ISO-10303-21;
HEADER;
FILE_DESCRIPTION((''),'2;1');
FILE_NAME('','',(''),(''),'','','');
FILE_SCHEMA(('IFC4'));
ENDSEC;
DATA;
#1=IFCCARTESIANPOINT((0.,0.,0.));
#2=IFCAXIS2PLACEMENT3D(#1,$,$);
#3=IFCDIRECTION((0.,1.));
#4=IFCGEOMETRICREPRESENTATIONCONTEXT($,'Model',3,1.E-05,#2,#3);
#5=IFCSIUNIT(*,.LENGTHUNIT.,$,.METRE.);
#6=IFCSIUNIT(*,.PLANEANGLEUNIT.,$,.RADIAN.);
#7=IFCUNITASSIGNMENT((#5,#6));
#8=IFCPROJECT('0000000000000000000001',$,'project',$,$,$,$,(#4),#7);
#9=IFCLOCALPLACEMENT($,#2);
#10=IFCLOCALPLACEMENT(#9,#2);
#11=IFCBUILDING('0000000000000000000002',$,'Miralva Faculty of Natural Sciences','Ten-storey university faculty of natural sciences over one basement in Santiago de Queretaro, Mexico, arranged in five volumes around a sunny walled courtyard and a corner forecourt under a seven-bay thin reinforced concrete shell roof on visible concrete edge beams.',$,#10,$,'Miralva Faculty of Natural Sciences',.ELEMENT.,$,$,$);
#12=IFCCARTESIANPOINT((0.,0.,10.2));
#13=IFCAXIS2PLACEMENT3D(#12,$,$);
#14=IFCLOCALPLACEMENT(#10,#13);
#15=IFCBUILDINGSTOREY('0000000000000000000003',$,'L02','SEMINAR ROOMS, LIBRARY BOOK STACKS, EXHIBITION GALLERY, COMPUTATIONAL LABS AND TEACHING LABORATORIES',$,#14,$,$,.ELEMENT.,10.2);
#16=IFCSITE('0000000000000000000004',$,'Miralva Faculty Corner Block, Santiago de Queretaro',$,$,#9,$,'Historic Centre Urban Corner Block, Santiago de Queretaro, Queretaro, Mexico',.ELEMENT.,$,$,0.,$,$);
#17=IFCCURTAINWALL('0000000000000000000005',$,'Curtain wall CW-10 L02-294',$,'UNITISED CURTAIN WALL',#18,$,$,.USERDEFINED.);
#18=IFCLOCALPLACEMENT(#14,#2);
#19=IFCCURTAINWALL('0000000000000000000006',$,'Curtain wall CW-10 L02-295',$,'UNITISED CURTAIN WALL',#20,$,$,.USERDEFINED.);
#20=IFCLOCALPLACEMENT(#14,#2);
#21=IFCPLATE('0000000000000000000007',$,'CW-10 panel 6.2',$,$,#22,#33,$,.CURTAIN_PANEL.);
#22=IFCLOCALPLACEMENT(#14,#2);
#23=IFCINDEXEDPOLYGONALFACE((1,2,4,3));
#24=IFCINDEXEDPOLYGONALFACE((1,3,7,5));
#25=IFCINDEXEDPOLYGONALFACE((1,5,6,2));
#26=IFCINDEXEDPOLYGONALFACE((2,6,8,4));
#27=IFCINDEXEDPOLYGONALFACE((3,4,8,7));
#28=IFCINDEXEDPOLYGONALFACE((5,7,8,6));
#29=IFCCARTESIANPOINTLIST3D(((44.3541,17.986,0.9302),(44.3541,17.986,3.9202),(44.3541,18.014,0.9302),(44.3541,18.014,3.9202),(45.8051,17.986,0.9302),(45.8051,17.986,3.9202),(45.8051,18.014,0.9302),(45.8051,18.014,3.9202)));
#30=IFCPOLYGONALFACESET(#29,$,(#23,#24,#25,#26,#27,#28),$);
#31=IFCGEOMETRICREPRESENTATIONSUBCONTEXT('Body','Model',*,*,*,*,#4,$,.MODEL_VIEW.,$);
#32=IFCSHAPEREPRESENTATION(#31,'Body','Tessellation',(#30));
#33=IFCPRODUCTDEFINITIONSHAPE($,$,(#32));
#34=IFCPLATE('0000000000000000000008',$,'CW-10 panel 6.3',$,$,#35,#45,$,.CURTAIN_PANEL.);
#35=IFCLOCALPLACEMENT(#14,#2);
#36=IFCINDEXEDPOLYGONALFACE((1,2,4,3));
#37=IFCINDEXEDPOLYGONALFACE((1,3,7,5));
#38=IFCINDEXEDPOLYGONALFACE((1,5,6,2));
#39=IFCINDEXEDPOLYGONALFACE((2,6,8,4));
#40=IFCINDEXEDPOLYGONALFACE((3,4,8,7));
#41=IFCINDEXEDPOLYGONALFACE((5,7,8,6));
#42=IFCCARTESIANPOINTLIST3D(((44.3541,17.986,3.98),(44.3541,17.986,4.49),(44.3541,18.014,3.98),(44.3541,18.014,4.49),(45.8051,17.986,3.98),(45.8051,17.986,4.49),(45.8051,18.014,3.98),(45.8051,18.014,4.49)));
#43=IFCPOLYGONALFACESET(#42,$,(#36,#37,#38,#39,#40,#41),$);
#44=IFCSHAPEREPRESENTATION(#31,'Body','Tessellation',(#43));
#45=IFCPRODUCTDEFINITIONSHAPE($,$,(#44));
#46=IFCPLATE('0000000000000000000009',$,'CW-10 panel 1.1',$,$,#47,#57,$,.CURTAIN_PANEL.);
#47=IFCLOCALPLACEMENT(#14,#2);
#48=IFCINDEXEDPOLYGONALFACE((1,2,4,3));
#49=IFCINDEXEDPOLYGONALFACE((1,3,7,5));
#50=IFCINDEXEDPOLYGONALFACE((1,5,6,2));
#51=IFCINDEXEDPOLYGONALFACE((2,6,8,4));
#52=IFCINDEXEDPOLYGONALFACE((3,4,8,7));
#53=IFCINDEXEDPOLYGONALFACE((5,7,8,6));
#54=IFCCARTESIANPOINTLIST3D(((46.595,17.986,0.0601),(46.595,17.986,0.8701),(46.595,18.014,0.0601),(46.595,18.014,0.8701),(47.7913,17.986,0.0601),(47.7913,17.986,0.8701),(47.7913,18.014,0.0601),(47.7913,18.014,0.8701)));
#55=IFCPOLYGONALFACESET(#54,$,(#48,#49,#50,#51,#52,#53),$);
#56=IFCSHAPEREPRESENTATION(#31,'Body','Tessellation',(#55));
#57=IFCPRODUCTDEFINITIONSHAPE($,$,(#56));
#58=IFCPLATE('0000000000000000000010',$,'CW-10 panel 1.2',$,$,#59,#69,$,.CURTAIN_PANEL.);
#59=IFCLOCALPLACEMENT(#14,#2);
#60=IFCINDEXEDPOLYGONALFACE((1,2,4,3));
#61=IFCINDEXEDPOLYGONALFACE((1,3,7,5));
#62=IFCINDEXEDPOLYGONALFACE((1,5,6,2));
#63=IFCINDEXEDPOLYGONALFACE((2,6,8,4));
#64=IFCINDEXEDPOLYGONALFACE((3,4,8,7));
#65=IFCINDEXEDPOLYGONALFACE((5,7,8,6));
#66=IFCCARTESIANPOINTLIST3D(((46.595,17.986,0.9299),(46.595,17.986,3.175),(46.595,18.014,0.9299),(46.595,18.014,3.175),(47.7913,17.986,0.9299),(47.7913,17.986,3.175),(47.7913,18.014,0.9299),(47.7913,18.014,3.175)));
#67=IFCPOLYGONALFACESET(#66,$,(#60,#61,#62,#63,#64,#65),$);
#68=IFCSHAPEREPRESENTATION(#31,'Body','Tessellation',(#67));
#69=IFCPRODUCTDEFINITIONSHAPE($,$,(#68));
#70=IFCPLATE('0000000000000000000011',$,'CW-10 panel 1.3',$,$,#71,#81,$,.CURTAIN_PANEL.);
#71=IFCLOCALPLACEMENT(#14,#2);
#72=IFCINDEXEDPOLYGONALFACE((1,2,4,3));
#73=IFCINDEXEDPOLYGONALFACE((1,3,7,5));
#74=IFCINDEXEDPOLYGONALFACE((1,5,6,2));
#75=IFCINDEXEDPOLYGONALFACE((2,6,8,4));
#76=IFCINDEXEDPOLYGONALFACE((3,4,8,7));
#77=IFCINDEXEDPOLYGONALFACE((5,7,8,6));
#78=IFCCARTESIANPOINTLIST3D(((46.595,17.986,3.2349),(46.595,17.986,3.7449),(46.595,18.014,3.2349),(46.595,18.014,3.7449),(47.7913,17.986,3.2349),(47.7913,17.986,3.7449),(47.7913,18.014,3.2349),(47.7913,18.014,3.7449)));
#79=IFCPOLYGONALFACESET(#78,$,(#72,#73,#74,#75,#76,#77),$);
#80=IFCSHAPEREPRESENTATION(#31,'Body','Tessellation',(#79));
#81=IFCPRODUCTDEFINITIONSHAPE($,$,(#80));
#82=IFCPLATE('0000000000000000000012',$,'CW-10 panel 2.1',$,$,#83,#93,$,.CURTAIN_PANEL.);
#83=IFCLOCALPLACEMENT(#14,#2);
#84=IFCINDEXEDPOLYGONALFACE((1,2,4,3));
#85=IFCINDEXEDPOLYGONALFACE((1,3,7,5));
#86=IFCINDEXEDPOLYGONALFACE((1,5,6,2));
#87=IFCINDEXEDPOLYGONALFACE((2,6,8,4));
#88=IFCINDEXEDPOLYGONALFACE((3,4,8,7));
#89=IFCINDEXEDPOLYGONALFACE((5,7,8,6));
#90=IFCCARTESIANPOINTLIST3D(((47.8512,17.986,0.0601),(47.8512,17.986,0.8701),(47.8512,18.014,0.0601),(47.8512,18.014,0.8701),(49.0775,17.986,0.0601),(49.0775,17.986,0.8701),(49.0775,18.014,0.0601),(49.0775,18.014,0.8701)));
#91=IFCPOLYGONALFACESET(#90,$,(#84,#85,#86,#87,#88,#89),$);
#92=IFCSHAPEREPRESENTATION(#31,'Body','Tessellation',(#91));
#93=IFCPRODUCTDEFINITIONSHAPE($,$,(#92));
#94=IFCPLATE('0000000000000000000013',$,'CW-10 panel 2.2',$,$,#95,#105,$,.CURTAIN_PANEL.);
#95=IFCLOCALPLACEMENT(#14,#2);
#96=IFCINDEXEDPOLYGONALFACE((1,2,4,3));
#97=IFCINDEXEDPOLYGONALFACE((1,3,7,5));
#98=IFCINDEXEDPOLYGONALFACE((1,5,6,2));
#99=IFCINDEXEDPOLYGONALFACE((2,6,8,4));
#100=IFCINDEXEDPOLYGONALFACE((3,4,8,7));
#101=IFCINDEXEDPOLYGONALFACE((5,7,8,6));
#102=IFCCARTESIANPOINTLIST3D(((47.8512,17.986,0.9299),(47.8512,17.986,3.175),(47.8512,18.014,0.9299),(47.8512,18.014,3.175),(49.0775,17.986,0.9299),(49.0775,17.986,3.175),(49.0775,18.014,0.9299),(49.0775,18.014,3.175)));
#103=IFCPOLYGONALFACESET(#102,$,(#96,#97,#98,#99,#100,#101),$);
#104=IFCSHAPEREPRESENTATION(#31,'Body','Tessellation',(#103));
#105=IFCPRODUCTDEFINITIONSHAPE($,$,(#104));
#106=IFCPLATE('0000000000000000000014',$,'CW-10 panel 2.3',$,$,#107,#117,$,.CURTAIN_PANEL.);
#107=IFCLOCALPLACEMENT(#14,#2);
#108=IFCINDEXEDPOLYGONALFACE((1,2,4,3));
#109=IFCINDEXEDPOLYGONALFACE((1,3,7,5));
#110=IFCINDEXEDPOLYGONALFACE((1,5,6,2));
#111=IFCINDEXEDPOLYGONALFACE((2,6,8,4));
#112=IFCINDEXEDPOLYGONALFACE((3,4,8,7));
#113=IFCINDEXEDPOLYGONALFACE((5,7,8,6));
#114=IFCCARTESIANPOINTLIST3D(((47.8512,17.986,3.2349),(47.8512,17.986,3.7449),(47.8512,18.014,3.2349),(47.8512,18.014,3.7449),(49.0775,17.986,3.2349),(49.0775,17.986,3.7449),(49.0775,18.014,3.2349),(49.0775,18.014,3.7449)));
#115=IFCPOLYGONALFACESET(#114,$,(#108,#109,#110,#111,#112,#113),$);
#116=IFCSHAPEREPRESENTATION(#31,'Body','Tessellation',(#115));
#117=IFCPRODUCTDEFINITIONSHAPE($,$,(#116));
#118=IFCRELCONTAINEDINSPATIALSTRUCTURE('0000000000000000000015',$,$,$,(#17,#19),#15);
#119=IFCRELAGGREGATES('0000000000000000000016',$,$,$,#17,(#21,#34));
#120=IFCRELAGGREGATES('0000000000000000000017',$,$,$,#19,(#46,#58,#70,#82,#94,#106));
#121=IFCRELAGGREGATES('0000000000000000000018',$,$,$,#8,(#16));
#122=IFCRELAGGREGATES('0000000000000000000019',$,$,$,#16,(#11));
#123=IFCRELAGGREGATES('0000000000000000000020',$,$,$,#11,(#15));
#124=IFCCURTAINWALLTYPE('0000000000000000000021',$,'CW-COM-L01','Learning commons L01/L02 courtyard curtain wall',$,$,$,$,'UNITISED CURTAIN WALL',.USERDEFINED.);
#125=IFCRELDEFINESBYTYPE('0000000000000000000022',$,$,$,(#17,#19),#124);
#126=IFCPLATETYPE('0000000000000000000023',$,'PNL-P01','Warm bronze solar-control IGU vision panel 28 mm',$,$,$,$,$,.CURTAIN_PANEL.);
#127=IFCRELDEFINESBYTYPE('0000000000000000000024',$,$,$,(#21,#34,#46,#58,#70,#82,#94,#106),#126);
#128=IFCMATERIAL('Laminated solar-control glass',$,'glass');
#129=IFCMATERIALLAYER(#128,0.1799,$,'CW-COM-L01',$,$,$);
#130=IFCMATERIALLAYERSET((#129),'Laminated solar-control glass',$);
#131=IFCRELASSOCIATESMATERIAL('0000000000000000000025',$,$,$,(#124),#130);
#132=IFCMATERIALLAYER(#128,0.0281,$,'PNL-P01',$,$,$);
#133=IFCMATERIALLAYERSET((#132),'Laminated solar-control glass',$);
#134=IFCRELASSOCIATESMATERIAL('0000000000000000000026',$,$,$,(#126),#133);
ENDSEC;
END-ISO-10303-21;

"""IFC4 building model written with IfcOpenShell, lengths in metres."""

from ifc_helpers import new_model, si_unit, direction, frame, origin, origin_2d, place, context, subcontext, project, spatial, rectangle, extrude, material, layer, layer_set, type_object, element, aggregate, save


model = new_model("IFC4")

# Units and contexts
model_context = context("Model", 3, precision=1e-05, world=origin(), true_north=direction((0.0, 1.0)))
body_context = subcontext(model_context, "Body", "Model", "MODEL_VIEW")
ifc_project = project(units=[si_unit("LENGTHUNIT", "METRE"), si_unit("PLANEANGLEUNIT", "RADIAN")], contexts=[model_context])

# Site, building, storey
site_placement = place(None, origin())
site = spatial("IfcSite", under=ifc_project, at=site_placement, Name="Miralva Faculty Corner Block, Santiago de Queretaro", LongName="Historic Centre Urban Corner Block, Santiago de Queretaro, Queretaro, Mexico", CompositionType="ELEMENT", RefElevation=0.0)
building_placement = place(site_placement, origin())
building = spatial("IfcBuilding", under=site, at=building_placement, Name="Miralva Faculty of Natural Sciences", Description="Ten-storey university faculty of natural sciences over one basement in Santiago de Queretaro, Mexico, arranged in five volumes around a sunny walled courtyard and a corner forecourt under a seven-bay thin reinforced concrete shell roof on visible concrete edge beams.", LongName="Miralva Faculty of Natural Sciences", CompositionType="ELEMENT")
storey_placement = place(building_placement, frame((0.0, 0.0, 10.2)))
storey = spatial("IfcBuildingStorey", under=building, at=storey_placement, Name="L02", Description="SEMINAR ROOMS, LIBRARY BOOK STACKS, EXHIBITION GALLERY, COMPUTATIONAL LABS AND TEACHING LABORATORIES", CompositionType="ELEMENT", Elevation=10.2)

# Shared definitions
ifc_material_1 = material(Name="Laminated solar-control glass", Category="glass")

# Curtain walls
ifc_layer_1 = layer(ifc_material_1, 0.1799, Name="CW-COM-L01")
ifc_layer_set_1 = layer_set([ifc_layer_1], Name="Laminated solar-control glass")
curtain_wall_type_1 = type_object("IfcCurtainWallType", Name="CW-COM-L01", Description="Learning commons L01/L02 courtyard curtain wall", ElementType="UNITISED CURTAIN WALL", PredefinedType="USERDEFINED", material=ifc_layer_set_1)
curtain_wall_1_placement = place(storey_placement, origin())
curtain_wall_1 = element("IfcCurtainWall", 1, at=curtain_wall_1_placement, inside=storey, type_object=curtain_wall_type_1, Name="Curtain wall CW-10 L02-294", ObjectType="UNITISED CURTAIN WALL", PredefinedType="USERDEFINED")
curtain_wall_2_placement = place(storey_placement, origin())
curtain_wall_2 = element("IfcCurtainWall", 2, at=curtain_wall_2_placement, inside=storey, type_object=curtain_wall_type_1, Name="Curtain wall CW-10 L02-295", ObjectType="UNITISED CURTAIN WALL", PredefinedType="USERDEFINED")

# Plates
ifc_layer_2 = layer(ifc_material_1, 0.0281, Name="PNL-P01")
ifc_layer_set_2 = layer_set([ifc_layer_2], Name="Laminated solar-control glass")
plate_type = type_object("IfcPlateType", Name="PNL-P01", Description="Warm bronze solar-control IGU vision panel 28 mm", PredefinedType="CURTAIN_PANEL", material=ifc_layer_set_2)
plate_1_placement = place(storey_placement, frame((45.0796, 18.0, 0.9302), z_axis=(0.0, 0.0, 1.0), x_axis=(1.0, 0.0, 0.0)))
plate_1 = element("IfcPlate", 3, at=plate_1_placement, type_object=plate_type, Name="CW-10 panel 6.2", PredefinedType="CURTAIN_PANEL", context=body_context, shape_type="SweptSolid", body=[
    extrude(rectangle(XDim=1.4509, YDim=0.0281, at=origin_2d()), origin(), (0.0, 0.0, 1.0), 2.99),
])
plate_2_placement = place(storey_placement, frame((45.0796, 18.0, 3.98), z_axis=(0.0, 0.0, 1.0), x_axis=(1.0, 0.0, 0.0)))
plate_2 = element("IfcPlate", 4, at=plate_2_placement, type_object=plate_type, Name="CW-10 panel 6.3", PredefinedType="CURTAIN_PANEL", context=body_context, shape_type="SweptSolid", body=[
    extrude(rectangle(XDim=1.4509, YDim=0.0281, at=origin_2d()), origin(), (0.0, 0.0, 1.0), 0.51),
])
aggregate(curtain_wall_1, [plate_1, plate_2])
plate_3_placement = place(storey_placement, frame((47.1931, 18.0, 0.0601), z_axis=(0.0, 0.0, 1.0), x_axis=(1.0, 0.0, 0.0)))
plate_3 = element("IfcPlate", 5, at=plate_3_placement, type_object=plate_type, Name="CW-10 panel 1.1", PredefinedType="CURTAIN_PANEL", context=body_context, shape_type="SweptSolid", body=[
    extrude(rectangle(XDim=1.1963, YDim=0.0281, at=origin_2d()), origin(), (0.0, 0.0, 1.0), 0.8101),
])
plate_4_placement = place(storey_placement, frame((47.1931, 18.0, 0.9299), z_axis=(0.0, 0.0, 1.0), x_axis=(1.0, 0.0, 0.0)))
plate_4 = element("IfcPlate", 6, at=plate_4_placement, type_object=plate_type, Name="CW-10 panel 1.2", PredefinedType="CURTAIN_PANEL", context=body_context, shape_type="SweptSolid", body=[
    extrude(rectangle(XDim=1.1963, YDim=0.0281, at=origin_2d()), origin(), (0.0, 0.0, 1.0), 2.2451),
])
plate_5_placement = place(storey_placement, frame((47.1931, 18.0, 3.2349), z_axis=(0.0, 0.0, 1.0), x_axis=(1.0, 0.0, 0.0)))
plate_5 = element("IfcPlate", 7, at=plate_5_placement, type_object=plate_type, Name="CW-10 panel 1.3", PredefinedType="CURTAIN_PANEL", context=body_context, shape_type="SweptSolid", body=[
    extrude(rectangle(XDim=1.1963, YDim=0.0281, at=origin_2d()), origin(), (0.0, 0.0, 1.0), 0.51),
])
plate_6_placement = place(storey_placement, frame((48.4644, 18.0, 0.0601), z_axis=(0.0, 0.0, 1.0), x_axis=(1.0, 0.0, 0.0)))
plate_6 = element("IfcPlate", 8, at=plate_6_placement, type_object=plate_type, Name="CW-10 panel 2.1", PredefinedType="CURTAIN_PANEL", context=body_context, shape_type="SweptSolid", body=[
    extrude(rectangle(XDim=1.2263, YDim=0.0281, at=origin_2d()), origin(), (0.0, 0.0, 1.0), 0.8101),
])
plate_7_placement = place(storey_placement, frame((48.4644, 18.0, 0.9299), z_axis=(0.0, 0.0, 1.0), x_axis=(1.0, 0.0, 0.0)))
plate_7 = element("IfcPlate", 9, at=plate_7_placement, type_object=plate_type, Name="CW-10 panel 2.2", PredefinedType="CURTAIN_PANEL", context=body_context, shape_type="SweptSolid", body=[
    extrude(rectangle(XDim=1.2263, YDim=0.0281, at=origin_2d()), origin(), (0.0, 0.0, 1.0), 2.2451),
])
plate_8_placement = place(storey_placement, frame((48.4644, 18.0, 3.2349), z_axis=(0.0, 0.0, 1.0), x_axis=(1.0, 0.0, 0.0)))
plate_8 = element("IfcPlate", 10, at=plate_8_placement, type_object=plate_type, Name="CW-10 panel 2.3", PredefinedType="CURTAIN_PANEL", context=body_context, shape_type="SweptSolid", body=[
    extrude(rectangle(XDim=1.2263, YDim=0.0281, at=origin_2d()), origin(), (0.0, 0.0, 1.0), 0.51),
])
aggregate(curtain_wall_2, [plate_3, plate_4, plate_5, plate_6, plate_7, plate_8])

save(model, "model.ifc")
